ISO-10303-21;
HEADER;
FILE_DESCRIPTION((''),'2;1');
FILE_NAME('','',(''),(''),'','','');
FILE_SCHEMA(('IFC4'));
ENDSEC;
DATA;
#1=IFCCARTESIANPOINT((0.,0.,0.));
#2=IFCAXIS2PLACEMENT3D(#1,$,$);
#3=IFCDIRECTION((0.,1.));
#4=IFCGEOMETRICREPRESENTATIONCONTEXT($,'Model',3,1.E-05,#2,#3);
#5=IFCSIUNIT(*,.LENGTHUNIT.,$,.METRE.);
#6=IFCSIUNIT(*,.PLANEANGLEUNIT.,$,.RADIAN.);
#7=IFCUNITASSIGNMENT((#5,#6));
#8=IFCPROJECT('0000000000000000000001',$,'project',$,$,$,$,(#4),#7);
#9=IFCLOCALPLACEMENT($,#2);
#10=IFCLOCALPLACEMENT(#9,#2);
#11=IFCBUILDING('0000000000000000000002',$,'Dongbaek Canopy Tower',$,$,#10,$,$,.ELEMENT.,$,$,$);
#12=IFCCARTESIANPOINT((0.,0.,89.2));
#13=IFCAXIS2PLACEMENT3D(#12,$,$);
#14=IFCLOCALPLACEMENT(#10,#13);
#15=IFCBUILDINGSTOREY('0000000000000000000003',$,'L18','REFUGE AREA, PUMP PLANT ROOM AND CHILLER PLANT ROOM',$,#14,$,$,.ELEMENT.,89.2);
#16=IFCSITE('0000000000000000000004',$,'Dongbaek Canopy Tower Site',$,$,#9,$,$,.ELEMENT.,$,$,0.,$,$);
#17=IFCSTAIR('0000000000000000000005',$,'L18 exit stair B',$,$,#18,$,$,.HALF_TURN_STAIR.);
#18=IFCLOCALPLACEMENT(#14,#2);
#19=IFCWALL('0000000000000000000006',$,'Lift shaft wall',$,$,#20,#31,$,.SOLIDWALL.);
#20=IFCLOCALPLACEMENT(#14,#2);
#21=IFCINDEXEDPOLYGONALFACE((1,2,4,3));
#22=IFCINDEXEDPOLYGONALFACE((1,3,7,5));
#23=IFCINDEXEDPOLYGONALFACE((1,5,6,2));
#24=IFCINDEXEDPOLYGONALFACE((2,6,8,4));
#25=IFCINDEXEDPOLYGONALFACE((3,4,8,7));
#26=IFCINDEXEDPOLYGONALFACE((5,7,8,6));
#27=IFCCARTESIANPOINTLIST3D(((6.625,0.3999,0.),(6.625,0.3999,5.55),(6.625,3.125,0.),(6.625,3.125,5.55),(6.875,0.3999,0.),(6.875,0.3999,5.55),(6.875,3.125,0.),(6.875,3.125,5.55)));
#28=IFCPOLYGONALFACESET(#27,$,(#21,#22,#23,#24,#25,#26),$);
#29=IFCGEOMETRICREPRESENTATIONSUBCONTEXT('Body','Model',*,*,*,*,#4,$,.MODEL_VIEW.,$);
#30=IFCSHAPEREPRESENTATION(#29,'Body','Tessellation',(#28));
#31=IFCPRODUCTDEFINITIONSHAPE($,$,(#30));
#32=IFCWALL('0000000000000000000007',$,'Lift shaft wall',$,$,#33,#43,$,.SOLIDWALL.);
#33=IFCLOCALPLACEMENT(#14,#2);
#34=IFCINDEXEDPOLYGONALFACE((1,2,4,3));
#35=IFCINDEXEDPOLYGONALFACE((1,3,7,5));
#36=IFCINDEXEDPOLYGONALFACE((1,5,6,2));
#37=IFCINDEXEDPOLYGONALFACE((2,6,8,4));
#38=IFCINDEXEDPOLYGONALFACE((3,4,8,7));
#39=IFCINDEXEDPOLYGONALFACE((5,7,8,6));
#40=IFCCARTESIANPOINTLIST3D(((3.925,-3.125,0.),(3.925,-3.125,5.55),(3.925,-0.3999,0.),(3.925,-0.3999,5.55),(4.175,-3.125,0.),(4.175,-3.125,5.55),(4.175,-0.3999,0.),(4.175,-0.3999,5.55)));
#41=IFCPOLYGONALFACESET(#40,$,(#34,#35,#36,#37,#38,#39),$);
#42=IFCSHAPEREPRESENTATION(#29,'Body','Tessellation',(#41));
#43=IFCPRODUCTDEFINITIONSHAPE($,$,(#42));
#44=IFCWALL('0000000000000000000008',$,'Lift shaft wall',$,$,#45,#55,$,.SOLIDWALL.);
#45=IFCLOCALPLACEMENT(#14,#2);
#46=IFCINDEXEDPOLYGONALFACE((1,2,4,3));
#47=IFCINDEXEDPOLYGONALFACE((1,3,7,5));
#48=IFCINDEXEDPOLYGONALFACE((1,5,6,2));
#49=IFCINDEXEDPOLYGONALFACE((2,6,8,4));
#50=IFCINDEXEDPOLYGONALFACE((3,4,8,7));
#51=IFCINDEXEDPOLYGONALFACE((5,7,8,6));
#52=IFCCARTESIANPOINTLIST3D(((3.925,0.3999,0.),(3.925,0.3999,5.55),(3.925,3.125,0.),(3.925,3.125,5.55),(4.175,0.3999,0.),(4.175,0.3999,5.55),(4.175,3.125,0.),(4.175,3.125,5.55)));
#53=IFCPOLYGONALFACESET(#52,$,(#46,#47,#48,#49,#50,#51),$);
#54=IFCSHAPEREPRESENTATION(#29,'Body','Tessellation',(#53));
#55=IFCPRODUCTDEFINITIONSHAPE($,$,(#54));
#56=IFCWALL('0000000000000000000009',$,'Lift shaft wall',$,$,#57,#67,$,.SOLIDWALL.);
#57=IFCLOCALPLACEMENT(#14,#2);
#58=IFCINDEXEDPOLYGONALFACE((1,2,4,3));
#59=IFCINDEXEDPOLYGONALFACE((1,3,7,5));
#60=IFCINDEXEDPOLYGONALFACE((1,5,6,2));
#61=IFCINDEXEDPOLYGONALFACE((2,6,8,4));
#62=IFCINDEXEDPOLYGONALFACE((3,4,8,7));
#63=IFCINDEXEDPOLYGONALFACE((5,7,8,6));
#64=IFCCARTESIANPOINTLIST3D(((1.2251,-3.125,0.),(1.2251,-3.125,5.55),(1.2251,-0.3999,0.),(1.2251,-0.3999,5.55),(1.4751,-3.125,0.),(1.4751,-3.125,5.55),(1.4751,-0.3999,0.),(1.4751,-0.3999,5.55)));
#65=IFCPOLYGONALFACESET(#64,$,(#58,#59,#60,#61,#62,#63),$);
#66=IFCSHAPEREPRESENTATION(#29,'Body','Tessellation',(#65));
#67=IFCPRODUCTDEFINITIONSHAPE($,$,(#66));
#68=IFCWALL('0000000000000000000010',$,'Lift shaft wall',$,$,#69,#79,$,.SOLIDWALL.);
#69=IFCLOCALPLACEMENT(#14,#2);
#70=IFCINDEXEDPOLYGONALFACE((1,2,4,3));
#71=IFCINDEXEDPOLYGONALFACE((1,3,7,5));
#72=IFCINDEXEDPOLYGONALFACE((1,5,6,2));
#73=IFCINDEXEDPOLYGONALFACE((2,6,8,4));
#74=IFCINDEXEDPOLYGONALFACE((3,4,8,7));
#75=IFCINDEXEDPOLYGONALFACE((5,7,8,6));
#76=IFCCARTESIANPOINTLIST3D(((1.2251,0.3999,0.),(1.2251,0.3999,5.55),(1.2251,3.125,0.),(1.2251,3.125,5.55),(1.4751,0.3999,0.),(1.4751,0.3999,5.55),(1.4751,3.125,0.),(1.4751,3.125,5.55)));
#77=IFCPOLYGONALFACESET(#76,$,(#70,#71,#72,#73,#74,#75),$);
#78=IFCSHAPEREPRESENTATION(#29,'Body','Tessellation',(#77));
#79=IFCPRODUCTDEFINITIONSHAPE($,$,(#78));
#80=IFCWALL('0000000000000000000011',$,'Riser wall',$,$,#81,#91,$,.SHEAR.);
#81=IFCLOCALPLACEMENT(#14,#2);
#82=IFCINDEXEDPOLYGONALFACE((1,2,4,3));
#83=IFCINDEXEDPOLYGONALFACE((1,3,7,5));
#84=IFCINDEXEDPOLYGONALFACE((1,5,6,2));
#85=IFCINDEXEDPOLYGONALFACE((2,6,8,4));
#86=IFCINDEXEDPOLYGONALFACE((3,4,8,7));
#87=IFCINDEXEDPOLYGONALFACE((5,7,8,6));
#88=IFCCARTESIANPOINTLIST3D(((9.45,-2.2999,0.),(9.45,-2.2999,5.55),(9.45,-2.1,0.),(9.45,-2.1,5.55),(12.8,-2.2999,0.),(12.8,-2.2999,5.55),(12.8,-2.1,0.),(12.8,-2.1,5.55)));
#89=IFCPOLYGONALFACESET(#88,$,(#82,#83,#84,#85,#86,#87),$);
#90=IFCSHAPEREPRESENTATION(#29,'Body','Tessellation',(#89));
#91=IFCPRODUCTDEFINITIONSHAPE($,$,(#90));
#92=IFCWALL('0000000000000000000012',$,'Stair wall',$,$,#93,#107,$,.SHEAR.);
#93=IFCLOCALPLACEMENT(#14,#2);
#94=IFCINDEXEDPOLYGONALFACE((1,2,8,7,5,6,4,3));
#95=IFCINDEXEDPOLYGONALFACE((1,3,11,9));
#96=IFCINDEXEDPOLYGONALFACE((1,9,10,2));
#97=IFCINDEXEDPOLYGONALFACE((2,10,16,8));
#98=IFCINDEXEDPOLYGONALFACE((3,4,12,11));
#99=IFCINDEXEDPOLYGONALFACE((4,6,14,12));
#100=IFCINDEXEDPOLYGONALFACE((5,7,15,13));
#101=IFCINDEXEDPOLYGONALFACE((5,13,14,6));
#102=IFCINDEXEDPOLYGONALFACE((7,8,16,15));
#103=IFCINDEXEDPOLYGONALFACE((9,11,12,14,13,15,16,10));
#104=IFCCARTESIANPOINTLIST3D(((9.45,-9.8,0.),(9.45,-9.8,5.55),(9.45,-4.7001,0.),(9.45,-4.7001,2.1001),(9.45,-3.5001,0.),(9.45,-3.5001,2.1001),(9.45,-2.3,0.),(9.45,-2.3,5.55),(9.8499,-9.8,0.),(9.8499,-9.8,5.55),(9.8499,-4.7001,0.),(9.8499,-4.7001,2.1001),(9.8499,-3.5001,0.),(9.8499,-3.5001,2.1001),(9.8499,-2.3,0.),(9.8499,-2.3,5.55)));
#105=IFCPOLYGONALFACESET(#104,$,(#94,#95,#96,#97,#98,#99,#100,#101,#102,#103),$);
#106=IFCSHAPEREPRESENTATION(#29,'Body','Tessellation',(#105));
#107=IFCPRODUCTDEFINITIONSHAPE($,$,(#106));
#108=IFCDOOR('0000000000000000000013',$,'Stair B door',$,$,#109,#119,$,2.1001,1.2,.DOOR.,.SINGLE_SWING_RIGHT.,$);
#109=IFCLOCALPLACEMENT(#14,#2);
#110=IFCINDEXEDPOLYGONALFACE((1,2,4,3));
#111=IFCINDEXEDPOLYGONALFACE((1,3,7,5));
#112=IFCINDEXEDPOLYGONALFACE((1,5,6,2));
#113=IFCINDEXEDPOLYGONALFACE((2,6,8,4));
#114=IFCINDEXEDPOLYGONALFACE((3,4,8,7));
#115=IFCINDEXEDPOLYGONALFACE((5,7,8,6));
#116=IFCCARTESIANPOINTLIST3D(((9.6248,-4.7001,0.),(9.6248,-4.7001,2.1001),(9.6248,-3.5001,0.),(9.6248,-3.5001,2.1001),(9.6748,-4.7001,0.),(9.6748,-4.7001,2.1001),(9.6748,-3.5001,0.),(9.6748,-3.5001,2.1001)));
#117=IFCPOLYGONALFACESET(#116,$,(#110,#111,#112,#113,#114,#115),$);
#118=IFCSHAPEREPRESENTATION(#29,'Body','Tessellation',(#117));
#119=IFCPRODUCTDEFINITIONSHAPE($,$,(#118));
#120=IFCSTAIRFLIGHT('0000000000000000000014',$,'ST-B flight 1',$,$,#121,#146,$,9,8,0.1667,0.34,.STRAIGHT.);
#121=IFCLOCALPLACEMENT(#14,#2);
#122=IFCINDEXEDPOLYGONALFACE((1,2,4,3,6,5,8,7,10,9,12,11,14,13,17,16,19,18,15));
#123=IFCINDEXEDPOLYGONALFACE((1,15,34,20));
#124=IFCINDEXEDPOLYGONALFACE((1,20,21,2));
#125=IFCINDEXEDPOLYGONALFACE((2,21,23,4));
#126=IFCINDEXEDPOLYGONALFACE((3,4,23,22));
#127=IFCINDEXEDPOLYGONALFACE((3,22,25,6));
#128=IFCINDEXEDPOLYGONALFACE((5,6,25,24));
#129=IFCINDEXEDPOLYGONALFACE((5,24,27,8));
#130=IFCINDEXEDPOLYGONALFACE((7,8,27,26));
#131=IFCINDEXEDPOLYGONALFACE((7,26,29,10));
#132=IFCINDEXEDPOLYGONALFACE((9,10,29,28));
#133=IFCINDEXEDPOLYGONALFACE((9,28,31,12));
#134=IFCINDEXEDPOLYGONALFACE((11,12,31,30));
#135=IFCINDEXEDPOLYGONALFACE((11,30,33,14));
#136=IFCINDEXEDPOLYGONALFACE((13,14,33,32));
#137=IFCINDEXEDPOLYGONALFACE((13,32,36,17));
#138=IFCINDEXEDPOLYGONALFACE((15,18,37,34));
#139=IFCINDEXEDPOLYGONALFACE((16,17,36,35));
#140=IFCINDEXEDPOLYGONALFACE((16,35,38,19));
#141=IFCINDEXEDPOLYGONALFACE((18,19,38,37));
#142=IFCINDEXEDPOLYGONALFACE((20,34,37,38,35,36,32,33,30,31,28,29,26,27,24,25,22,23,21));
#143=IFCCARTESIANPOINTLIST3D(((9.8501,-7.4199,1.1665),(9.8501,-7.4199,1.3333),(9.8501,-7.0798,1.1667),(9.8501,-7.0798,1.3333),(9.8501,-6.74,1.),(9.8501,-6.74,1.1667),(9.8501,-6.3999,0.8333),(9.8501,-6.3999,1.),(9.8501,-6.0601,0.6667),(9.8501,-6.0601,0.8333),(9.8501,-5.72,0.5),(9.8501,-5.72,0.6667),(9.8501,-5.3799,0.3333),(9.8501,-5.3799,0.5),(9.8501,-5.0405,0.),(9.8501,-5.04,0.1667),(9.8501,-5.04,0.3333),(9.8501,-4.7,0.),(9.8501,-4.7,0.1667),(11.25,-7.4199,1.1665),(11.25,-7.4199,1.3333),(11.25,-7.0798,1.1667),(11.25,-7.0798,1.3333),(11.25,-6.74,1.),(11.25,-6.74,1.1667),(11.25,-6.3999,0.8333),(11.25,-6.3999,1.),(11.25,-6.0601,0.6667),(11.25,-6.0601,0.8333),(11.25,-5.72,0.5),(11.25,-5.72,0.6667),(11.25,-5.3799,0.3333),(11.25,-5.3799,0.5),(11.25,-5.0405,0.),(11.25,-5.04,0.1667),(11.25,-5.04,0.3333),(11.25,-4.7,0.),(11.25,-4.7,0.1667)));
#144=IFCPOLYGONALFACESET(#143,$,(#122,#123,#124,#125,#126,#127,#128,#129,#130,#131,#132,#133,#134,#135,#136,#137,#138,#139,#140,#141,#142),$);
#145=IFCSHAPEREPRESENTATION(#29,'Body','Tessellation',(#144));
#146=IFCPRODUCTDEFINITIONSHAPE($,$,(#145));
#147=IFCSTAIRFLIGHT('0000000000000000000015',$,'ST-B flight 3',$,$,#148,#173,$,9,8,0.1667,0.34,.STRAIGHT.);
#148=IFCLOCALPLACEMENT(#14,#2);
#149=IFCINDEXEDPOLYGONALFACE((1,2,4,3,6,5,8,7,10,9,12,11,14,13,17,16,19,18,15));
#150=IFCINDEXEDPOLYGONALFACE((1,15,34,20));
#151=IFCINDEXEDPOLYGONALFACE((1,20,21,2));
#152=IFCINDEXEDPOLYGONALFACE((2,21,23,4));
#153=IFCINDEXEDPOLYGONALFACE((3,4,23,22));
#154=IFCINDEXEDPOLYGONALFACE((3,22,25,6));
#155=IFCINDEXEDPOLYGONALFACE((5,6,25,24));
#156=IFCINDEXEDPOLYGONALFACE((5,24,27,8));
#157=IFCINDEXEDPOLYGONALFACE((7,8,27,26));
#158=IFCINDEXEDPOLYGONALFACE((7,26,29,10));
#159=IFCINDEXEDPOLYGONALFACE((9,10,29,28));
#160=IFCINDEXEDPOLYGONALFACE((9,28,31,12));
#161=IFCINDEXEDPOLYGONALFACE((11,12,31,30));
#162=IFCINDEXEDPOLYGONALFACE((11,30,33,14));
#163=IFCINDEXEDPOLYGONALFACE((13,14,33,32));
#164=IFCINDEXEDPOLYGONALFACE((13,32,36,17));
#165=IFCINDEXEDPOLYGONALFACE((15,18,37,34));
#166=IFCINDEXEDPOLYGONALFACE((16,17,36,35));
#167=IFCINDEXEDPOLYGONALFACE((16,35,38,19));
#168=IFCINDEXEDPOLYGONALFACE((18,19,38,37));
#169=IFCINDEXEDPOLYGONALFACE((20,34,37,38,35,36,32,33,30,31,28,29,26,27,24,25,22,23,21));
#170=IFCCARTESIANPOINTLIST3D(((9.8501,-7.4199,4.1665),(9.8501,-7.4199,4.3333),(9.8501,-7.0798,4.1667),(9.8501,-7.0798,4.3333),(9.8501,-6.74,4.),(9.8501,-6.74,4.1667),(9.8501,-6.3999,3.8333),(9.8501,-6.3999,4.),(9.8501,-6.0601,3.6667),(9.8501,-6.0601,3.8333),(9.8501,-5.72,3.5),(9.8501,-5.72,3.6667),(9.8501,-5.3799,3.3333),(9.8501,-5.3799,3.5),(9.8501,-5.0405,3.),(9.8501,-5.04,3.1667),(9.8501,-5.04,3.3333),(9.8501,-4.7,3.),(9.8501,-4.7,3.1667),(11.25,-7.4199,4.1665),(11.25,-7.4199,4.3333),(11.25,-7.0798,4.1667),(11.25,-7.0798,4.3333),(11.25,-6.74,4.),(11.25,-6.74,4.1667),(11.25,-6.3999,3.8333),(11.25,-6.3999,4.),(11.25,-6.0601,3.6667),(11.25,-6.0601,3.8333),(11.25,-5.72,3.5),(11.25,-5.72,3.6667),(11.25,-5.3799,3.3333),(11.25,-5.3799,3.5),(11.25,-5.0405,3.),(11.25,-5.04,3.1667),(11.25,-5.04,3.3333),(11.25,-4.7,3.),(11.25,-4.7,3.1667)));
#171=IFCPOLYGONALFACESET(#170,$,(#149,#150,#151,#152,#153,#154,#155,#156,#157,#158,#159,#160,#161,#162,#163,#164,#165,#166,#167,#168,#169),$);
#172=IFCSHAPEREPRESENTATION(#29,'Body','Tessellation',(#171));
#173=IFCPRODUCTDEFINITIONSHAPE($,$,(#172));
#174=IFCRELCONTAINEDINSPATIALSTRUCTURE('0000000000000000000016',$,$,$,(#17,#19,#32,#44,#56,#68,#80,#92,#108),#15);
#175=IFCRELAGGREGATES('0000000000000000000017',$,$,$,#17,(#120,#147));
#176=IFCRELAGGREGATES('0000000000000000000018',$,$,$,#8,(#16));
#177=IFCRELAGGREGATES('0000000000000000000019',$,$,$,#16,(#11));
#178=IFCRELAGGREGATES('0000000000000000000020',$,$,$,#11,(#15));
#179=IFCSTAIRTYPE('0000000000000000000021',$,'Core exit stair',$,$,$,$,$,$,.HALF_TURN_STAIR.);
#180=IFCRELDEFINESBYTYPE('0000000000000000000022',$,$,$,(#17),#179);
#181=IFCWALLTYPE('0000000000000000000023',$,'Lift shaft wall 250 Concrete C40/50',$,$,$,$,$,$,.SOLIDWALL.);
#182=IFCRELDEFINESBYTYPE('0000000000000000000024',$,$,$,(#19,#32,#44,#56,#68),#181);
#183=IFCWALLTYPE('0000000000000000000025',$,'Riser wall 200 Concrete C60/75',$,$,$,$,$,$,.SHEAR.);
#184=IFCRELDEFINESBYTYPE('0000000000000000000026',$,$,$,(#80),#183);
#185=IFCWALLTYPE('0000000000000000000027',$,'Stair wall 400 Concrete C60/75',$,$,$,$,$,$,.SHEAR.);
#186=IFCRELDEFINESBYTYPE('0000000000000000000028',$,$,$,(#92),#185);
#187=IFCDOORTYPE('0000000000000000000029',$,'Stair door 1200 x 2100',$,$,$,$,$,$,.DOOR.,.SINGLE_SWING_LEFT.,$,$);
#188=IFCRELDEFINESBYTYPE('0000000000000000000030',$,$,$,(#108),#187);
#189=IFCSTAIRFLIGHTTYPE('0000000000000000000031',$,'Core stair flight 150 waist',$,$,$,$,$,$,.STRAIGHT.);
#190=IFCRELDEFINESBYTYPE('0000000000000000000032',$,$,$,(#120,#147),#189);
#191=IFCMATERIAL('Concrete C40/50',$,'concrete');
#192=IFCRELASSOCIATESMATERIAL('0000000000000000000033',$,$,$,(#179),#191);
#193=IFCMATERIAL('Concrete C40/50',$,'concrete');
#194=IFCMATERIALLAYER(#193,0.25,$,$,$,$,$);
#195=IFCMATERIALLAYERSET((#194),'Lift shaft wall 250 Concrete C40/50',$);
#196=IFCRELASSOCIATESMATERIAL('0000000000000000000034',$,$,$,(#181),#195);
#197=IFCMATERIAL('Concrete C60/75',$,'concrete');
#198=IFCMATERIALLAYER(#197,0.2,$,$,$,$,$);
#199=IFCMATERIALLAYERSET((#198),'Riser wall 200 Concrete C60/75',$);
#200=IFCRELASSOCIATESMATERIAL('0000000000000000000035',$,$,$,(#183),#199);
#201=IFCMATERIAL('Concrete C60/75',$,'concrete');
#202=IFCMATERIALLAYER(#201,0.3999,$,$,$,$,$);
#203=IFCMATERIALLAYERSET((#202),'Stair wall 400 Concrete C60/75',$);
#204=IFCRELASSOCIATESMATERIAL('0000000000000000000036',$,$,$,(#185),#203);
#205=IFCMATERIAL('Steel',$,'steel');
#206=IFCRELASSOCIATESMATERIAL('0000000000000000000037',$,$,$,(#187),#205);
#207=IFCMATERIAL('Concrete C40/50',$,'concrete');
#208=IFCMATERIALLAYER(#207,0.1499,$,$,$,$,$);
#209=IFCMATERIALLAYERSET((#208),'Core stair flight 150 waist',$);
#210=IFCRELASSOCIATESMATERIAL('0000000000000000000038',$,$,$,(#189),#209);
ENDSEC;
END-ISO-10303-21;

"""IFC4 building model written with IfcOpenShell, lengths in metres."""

from ifc_helpers import new_model, si_unit, direction, frame, frame_2d, origin, place, context, subcontext, project, spatial, polyline, rectangle, outline, extrude, material, layer, layer_set, type_object, element, fill, aggregate, save


model = new_model("IFC4")

# Units and contexts
model_context = context("Model", 3, precision=1e-05, world=origin(), true_north=direction((0.0, 1.0)))
body_context = subcontext(model_context, "Body", "Model", "MODEL_VIEW")
ifc_project = project(units=[si_unit("LENGTHUNIT", "METRE"), si_unit("PLANEANGLEUNIT", "RADIAN")], contexts=[model_context])

# Site, building, storey
site_placement = place(None, origin())
site = spatial("IfcSite", under=ifc_project, at=site_placement, Name="Dongbaek Canopy Tower Site", CompositionType="ELEMENT", RefElevation=0.0)
building_placement = place(site_placement, origin())
building = spatial("IfcBuilding", under=site, at=building_placement, Name="Dongbaek Canopy Tower", CompositionType="ELEMENT")
storey_placement = place(building_placement, frame((0.0, 0.0, 89.2)))
storey = spatial("IfcBuildingStorey", under=building, at=storey_placement, Name="L18", Description="REFUGE AREA, PUMP PLANT ROOM AND CHILLER PLANT ROOM", CompositionType="ELEMENT", Elevation=89.2)

# Stair
ifc_material_1 = material(Name="Concrete C40/50", Category="concrete")
stair_type = type_object("IfcStairType", Name="Core exit stair", PredefinedType="HALF_TURN_STAIR", material=ifc_material_1)
stair_1_placement = place(storey_placement, origin())
stair_1 = element("IfcStair", 1, at=stair_1_placement, inside=storey, type_object=stair_type, Name="L18 exit stair B", PredefinedType="HALF_TURN_STAIR")

# Walls
ifc_material_2 = material(Name="Concrete C40/50", Category="concrete")
ifc_layer_1 = layer(ifc_material_2, 0.25)
ifc_layer_set_1 = layer_set([ifc_layer_1], Name="Lift shaft wall 250 Concrete C40/50")
wall_type_1 = type_object("IfcWallType", Name="Lift shaft wall 250 Concrete C40/50", PredefinedType="SOLIDWALL", material=ifc_layer_set_1)
for number, where, z_axis, x_axis, name in (
    (2, (6.75, 0.3999, 0.0), (0.0, 0.0, 1.0), (0.0, 1.0, 0.0), "Lift shaft wall"),
    (3, (4.05, -3.125, 0.0), (0.0, 0.0, 1.0), (0.0, 1.0, 0.0), "Lift shaft wall"),
    (4, (4.05, 0.3999, 0.0), (0.0, 0.0, 1.0), (0.0, 1.0, 0.0), "Lift shaft wall"),
    (5, (1.3501, -3.125, 0.0), (0.0, 0.0, 1.0), (0.0, 1.0, 0.0), "Lift shaft wall"),
    (6, (1.3501, 0.3999, 0.0), (0.0, 0.0, 1.0), (0.0, 1.0, 0.0), "Lift shaft wall"),
):
    element("IfcWall", number, at=place(storey_placement, frame(where, z_axis=z_axis, x_axis=x_axis)), inside=storey, type_object=wall_type_1, Name=name, PredefinedType="SOLIDWALL", context=body_context, shape_type="SweptSolid", body=[
        extrude(rectangle(XDim=2.7251, YDim=0.25, at=frame_2d((1.3625, 0.0))), origin(), (0.0, 0.0, 1.0), 5.55),
    ])
ifc_material_3 = material(Name="Concrete C60/75", Category="concrete")
ifc_layer_2 = layer(ifc_material_3, 0.2)
ifc_layer_set_2 = layer_set([ifc_layer_2], Name="Riser wall 200 Concrete C60/75")
wall_type_2 = type_object("IfcWallType", Name="Riser wall 200 Concrete C60/75", PredefinedType="SHEAR", material=ifc_layer_set_2)
wall_1_placement = place(storey_placement, frame((9.45, -2.2, 0.0), z_axis=(0.0, 0.0, 1.0), x_axis=(1.0, 0.0, 0.0)))
element("IfcWall", 7, at=wall_1_placement, inside=storey, type_object=wall_type_2, Name="Riser wall", PredefinedType="SHEAR", context=body_context, shape_type="SweptSolid", body=[
    extrude(rectangle(XDim=3.3501, YDim=0.2, at=frame_2d((1.675, 0.0))), origin(), (0.0, 0.0, 1.0), 5.55),
])

# Wall, opening, door
ifc_material_4 = material(Name="Concrete C60/75", Category="concrete")
ifc_layer_3 = layer(ifc_material_4, 0.3999)
ifc_layer_set_3 = layer_set([ifc_layer_3], Name="Stair wall 400 Concrete C60/75")
wall_type_3 = type_object("IfcWallType", Name="Stair wall 400 Concrete C60/75", PredefinedType="SHEAR", material=ifc_layer_set_3)
wall_2_placement = place(storey_placement, frame((9.6499, -2.3, 0.0), z_axis=(0.0, 0.0, 1.0), x_axis=(0.0, -1.0, 0.0)))
wall_2 = element("IfcWall", 8, at=wall_2_placement, inside=storey, type_object=wall_type_3, Name="Stair wall", PredefinedType="SHEAR", context=body_context, shape_type="SweptSolid", body=[
    extrude(rectangle(XDim=7.5, YDim=0.3999, at=frame_2d((3.75, 0.0))), origin(), (0.0, 0.0, 1.0), 5.55),
])
opening_1_placement = place(wall_2_placement, frame((1.2, 0.0, 0.0)))
opening_1 = element("IfcOpeningElement", 9, at=opening_1_placement, cuts=wall_2, PredefinedType="OPENING", context=body_context, shape_type="SweptSolid", body=[
    extrude(rectangle(XDim=1.2, YDim=2.1001, at=frame_2d((0.6001, 1.05))), frame((0.0, 0.21, 0.0), z_axis=(0.0, -1.0, 0.0), x_axis=(1.0, 0.0, 0.0)), (0.0, 0.0, 1.0), 0.4199),
])
ifc_material_5 = material(Name="Steel", Category="steel")
door_type_1 = type_object("IfcDoorType", Name="Stair door 1200 x 2100", OperationType="SINGLE_SWING_LEFT", PredefinedType="DOOR", material=ifc_material_5)
door_1_placement = place(opening_1_placement, origin())
door_1 = element("IfcDoor", 10, at=door_1_placement, inside=storey, type_object=door_type_1, Name="Stair B door", OperationType="SINGLE_SWING_RIGHT", OverallHeight=2.1001, OverallWidth=1.2, PredefinedType="DOOR", context=body_context, shape_type="SweptSolid", body=[
    extrude(rectangle(XDim=1.2, YDim=2.1001, at=frame_2d((0.6001, 1.05))), frame((0.0, 0.0249, 0.0), z_axis=(0.0, -1.0, 0.0), x_axis=(1.0, 0.0, 0.0)), (0.0, 0.0, 1.0), 0.05),
])
fill(opening_1, door_1)

# Stair flights
ifc_material_6 = material(Name="Concrete C40/50", Category="concrete")
ifc_layer_4 = layer(ifc_material_6, 0.1499)
ifc_layer_set_4 = layer_set([ifc_layer_4], Name="Core stair flight 150 waist")
stair_flight_type = type_object("IfcStairFlightType", Name="Core stair flight 150 waist", PredefinedType="STRAIGHT", material=ifc_layer_set_4)
stair_flight_1_placement = place(storey_placement, frame((10.55, -4.7, 0.0), z_axis=(0.0, 0.0, 1.0), x_axis=(0.0, -1.0, 0.0)))
stair_flight_1 = element("IfcStairFlight", 11, at=stair_flight_1_placement, type_object=stair_flight_type, Name="ST-B flight 1", NumberOfRisers=9, NumberOfTreads=8, PredefinedType="STRAIGHT", RiserHeight=0.1667, TreadLength=0.34, context=body_context, shape_type="SweptSolid", body=[
    extrude(outline(polyline([(0.0, 0.0), (0.0, 0.1667), (0.3401, 0.1667), (0.3401, 0.3333), (0.6799, 0.3333), (0.6799, 0.5), (1.02, 0.5), (1.02, 0.6667), (1.3601, 0.6667), (1.3601, 0.8333), (1.7, 0.8333), (1.7, 1.0), (2.04, 1.0), (2.04, 1.1667), (2.3799, 1.1667), (2.3799, 1.3333), (2.72, 1.3333), (2.72, 1.5), (2.72, 1.1665), (0.3406, 0.0), (0.0, 0.0)])), frame((0.0, 0.7, 0.0), z_axis=(0.0, -1.0, 0.0), x_axis=(1.0, 0.0, 0.0)), (0.0, 0.0, 1.0), 1.3999),
])
stair_flight_2_placement = place(storey_placement, frame((10.55, -4.7, 3.0), z_axis=(0.0, 0.0, 1.0), x_axis=(0.0, -1.0, 0.0)))
stair_flight_2 = element("IfcStairFlight", 12, at=stair_flight_2_placement, type_object=stair_flight_type, Name="ST-B flight 3", NumberOfRisers=9, NumberOfTreads=8, PredefinedType="STRAIGHT", RiserHeight=0.1667, TreadLength=0.34, context=body_context, shape_type="SweptSolid", body=[
    extrude(outline(polyline([(0.0, 0.0), (0.0, 0.1667), (0.3401, 0.1667), (0.3401, 0.3333), (0.6799, 0.3333), (0.6799, 0.5), (1.02, 0.5), (1.02, 0.6667), (1.3601, 0.6667), (1.3601, 0.8333), (1.7, 0.8333), (1.7, 1.0), (2.04, 1.0), (2.04, 1.1667), (2.3799, 1.1667), (2.3799, 1.3333), (2.72, 1.3333), (2.72, 1.5), (2.72, 1.1665), (0.3406, 0.0), (0.0, 0.0)])), frame((0.0, 0.7, 0.0), z_axis=(0.0, -1.0, 0.0), x_axis=(1.0, 0.0, 0.0)), (0.0, 0.0, 1.0), 1.3999),
])
aggregate(stair_1, [stair_flight_1, stair_flight_2])

save(model, "model.ifc")
